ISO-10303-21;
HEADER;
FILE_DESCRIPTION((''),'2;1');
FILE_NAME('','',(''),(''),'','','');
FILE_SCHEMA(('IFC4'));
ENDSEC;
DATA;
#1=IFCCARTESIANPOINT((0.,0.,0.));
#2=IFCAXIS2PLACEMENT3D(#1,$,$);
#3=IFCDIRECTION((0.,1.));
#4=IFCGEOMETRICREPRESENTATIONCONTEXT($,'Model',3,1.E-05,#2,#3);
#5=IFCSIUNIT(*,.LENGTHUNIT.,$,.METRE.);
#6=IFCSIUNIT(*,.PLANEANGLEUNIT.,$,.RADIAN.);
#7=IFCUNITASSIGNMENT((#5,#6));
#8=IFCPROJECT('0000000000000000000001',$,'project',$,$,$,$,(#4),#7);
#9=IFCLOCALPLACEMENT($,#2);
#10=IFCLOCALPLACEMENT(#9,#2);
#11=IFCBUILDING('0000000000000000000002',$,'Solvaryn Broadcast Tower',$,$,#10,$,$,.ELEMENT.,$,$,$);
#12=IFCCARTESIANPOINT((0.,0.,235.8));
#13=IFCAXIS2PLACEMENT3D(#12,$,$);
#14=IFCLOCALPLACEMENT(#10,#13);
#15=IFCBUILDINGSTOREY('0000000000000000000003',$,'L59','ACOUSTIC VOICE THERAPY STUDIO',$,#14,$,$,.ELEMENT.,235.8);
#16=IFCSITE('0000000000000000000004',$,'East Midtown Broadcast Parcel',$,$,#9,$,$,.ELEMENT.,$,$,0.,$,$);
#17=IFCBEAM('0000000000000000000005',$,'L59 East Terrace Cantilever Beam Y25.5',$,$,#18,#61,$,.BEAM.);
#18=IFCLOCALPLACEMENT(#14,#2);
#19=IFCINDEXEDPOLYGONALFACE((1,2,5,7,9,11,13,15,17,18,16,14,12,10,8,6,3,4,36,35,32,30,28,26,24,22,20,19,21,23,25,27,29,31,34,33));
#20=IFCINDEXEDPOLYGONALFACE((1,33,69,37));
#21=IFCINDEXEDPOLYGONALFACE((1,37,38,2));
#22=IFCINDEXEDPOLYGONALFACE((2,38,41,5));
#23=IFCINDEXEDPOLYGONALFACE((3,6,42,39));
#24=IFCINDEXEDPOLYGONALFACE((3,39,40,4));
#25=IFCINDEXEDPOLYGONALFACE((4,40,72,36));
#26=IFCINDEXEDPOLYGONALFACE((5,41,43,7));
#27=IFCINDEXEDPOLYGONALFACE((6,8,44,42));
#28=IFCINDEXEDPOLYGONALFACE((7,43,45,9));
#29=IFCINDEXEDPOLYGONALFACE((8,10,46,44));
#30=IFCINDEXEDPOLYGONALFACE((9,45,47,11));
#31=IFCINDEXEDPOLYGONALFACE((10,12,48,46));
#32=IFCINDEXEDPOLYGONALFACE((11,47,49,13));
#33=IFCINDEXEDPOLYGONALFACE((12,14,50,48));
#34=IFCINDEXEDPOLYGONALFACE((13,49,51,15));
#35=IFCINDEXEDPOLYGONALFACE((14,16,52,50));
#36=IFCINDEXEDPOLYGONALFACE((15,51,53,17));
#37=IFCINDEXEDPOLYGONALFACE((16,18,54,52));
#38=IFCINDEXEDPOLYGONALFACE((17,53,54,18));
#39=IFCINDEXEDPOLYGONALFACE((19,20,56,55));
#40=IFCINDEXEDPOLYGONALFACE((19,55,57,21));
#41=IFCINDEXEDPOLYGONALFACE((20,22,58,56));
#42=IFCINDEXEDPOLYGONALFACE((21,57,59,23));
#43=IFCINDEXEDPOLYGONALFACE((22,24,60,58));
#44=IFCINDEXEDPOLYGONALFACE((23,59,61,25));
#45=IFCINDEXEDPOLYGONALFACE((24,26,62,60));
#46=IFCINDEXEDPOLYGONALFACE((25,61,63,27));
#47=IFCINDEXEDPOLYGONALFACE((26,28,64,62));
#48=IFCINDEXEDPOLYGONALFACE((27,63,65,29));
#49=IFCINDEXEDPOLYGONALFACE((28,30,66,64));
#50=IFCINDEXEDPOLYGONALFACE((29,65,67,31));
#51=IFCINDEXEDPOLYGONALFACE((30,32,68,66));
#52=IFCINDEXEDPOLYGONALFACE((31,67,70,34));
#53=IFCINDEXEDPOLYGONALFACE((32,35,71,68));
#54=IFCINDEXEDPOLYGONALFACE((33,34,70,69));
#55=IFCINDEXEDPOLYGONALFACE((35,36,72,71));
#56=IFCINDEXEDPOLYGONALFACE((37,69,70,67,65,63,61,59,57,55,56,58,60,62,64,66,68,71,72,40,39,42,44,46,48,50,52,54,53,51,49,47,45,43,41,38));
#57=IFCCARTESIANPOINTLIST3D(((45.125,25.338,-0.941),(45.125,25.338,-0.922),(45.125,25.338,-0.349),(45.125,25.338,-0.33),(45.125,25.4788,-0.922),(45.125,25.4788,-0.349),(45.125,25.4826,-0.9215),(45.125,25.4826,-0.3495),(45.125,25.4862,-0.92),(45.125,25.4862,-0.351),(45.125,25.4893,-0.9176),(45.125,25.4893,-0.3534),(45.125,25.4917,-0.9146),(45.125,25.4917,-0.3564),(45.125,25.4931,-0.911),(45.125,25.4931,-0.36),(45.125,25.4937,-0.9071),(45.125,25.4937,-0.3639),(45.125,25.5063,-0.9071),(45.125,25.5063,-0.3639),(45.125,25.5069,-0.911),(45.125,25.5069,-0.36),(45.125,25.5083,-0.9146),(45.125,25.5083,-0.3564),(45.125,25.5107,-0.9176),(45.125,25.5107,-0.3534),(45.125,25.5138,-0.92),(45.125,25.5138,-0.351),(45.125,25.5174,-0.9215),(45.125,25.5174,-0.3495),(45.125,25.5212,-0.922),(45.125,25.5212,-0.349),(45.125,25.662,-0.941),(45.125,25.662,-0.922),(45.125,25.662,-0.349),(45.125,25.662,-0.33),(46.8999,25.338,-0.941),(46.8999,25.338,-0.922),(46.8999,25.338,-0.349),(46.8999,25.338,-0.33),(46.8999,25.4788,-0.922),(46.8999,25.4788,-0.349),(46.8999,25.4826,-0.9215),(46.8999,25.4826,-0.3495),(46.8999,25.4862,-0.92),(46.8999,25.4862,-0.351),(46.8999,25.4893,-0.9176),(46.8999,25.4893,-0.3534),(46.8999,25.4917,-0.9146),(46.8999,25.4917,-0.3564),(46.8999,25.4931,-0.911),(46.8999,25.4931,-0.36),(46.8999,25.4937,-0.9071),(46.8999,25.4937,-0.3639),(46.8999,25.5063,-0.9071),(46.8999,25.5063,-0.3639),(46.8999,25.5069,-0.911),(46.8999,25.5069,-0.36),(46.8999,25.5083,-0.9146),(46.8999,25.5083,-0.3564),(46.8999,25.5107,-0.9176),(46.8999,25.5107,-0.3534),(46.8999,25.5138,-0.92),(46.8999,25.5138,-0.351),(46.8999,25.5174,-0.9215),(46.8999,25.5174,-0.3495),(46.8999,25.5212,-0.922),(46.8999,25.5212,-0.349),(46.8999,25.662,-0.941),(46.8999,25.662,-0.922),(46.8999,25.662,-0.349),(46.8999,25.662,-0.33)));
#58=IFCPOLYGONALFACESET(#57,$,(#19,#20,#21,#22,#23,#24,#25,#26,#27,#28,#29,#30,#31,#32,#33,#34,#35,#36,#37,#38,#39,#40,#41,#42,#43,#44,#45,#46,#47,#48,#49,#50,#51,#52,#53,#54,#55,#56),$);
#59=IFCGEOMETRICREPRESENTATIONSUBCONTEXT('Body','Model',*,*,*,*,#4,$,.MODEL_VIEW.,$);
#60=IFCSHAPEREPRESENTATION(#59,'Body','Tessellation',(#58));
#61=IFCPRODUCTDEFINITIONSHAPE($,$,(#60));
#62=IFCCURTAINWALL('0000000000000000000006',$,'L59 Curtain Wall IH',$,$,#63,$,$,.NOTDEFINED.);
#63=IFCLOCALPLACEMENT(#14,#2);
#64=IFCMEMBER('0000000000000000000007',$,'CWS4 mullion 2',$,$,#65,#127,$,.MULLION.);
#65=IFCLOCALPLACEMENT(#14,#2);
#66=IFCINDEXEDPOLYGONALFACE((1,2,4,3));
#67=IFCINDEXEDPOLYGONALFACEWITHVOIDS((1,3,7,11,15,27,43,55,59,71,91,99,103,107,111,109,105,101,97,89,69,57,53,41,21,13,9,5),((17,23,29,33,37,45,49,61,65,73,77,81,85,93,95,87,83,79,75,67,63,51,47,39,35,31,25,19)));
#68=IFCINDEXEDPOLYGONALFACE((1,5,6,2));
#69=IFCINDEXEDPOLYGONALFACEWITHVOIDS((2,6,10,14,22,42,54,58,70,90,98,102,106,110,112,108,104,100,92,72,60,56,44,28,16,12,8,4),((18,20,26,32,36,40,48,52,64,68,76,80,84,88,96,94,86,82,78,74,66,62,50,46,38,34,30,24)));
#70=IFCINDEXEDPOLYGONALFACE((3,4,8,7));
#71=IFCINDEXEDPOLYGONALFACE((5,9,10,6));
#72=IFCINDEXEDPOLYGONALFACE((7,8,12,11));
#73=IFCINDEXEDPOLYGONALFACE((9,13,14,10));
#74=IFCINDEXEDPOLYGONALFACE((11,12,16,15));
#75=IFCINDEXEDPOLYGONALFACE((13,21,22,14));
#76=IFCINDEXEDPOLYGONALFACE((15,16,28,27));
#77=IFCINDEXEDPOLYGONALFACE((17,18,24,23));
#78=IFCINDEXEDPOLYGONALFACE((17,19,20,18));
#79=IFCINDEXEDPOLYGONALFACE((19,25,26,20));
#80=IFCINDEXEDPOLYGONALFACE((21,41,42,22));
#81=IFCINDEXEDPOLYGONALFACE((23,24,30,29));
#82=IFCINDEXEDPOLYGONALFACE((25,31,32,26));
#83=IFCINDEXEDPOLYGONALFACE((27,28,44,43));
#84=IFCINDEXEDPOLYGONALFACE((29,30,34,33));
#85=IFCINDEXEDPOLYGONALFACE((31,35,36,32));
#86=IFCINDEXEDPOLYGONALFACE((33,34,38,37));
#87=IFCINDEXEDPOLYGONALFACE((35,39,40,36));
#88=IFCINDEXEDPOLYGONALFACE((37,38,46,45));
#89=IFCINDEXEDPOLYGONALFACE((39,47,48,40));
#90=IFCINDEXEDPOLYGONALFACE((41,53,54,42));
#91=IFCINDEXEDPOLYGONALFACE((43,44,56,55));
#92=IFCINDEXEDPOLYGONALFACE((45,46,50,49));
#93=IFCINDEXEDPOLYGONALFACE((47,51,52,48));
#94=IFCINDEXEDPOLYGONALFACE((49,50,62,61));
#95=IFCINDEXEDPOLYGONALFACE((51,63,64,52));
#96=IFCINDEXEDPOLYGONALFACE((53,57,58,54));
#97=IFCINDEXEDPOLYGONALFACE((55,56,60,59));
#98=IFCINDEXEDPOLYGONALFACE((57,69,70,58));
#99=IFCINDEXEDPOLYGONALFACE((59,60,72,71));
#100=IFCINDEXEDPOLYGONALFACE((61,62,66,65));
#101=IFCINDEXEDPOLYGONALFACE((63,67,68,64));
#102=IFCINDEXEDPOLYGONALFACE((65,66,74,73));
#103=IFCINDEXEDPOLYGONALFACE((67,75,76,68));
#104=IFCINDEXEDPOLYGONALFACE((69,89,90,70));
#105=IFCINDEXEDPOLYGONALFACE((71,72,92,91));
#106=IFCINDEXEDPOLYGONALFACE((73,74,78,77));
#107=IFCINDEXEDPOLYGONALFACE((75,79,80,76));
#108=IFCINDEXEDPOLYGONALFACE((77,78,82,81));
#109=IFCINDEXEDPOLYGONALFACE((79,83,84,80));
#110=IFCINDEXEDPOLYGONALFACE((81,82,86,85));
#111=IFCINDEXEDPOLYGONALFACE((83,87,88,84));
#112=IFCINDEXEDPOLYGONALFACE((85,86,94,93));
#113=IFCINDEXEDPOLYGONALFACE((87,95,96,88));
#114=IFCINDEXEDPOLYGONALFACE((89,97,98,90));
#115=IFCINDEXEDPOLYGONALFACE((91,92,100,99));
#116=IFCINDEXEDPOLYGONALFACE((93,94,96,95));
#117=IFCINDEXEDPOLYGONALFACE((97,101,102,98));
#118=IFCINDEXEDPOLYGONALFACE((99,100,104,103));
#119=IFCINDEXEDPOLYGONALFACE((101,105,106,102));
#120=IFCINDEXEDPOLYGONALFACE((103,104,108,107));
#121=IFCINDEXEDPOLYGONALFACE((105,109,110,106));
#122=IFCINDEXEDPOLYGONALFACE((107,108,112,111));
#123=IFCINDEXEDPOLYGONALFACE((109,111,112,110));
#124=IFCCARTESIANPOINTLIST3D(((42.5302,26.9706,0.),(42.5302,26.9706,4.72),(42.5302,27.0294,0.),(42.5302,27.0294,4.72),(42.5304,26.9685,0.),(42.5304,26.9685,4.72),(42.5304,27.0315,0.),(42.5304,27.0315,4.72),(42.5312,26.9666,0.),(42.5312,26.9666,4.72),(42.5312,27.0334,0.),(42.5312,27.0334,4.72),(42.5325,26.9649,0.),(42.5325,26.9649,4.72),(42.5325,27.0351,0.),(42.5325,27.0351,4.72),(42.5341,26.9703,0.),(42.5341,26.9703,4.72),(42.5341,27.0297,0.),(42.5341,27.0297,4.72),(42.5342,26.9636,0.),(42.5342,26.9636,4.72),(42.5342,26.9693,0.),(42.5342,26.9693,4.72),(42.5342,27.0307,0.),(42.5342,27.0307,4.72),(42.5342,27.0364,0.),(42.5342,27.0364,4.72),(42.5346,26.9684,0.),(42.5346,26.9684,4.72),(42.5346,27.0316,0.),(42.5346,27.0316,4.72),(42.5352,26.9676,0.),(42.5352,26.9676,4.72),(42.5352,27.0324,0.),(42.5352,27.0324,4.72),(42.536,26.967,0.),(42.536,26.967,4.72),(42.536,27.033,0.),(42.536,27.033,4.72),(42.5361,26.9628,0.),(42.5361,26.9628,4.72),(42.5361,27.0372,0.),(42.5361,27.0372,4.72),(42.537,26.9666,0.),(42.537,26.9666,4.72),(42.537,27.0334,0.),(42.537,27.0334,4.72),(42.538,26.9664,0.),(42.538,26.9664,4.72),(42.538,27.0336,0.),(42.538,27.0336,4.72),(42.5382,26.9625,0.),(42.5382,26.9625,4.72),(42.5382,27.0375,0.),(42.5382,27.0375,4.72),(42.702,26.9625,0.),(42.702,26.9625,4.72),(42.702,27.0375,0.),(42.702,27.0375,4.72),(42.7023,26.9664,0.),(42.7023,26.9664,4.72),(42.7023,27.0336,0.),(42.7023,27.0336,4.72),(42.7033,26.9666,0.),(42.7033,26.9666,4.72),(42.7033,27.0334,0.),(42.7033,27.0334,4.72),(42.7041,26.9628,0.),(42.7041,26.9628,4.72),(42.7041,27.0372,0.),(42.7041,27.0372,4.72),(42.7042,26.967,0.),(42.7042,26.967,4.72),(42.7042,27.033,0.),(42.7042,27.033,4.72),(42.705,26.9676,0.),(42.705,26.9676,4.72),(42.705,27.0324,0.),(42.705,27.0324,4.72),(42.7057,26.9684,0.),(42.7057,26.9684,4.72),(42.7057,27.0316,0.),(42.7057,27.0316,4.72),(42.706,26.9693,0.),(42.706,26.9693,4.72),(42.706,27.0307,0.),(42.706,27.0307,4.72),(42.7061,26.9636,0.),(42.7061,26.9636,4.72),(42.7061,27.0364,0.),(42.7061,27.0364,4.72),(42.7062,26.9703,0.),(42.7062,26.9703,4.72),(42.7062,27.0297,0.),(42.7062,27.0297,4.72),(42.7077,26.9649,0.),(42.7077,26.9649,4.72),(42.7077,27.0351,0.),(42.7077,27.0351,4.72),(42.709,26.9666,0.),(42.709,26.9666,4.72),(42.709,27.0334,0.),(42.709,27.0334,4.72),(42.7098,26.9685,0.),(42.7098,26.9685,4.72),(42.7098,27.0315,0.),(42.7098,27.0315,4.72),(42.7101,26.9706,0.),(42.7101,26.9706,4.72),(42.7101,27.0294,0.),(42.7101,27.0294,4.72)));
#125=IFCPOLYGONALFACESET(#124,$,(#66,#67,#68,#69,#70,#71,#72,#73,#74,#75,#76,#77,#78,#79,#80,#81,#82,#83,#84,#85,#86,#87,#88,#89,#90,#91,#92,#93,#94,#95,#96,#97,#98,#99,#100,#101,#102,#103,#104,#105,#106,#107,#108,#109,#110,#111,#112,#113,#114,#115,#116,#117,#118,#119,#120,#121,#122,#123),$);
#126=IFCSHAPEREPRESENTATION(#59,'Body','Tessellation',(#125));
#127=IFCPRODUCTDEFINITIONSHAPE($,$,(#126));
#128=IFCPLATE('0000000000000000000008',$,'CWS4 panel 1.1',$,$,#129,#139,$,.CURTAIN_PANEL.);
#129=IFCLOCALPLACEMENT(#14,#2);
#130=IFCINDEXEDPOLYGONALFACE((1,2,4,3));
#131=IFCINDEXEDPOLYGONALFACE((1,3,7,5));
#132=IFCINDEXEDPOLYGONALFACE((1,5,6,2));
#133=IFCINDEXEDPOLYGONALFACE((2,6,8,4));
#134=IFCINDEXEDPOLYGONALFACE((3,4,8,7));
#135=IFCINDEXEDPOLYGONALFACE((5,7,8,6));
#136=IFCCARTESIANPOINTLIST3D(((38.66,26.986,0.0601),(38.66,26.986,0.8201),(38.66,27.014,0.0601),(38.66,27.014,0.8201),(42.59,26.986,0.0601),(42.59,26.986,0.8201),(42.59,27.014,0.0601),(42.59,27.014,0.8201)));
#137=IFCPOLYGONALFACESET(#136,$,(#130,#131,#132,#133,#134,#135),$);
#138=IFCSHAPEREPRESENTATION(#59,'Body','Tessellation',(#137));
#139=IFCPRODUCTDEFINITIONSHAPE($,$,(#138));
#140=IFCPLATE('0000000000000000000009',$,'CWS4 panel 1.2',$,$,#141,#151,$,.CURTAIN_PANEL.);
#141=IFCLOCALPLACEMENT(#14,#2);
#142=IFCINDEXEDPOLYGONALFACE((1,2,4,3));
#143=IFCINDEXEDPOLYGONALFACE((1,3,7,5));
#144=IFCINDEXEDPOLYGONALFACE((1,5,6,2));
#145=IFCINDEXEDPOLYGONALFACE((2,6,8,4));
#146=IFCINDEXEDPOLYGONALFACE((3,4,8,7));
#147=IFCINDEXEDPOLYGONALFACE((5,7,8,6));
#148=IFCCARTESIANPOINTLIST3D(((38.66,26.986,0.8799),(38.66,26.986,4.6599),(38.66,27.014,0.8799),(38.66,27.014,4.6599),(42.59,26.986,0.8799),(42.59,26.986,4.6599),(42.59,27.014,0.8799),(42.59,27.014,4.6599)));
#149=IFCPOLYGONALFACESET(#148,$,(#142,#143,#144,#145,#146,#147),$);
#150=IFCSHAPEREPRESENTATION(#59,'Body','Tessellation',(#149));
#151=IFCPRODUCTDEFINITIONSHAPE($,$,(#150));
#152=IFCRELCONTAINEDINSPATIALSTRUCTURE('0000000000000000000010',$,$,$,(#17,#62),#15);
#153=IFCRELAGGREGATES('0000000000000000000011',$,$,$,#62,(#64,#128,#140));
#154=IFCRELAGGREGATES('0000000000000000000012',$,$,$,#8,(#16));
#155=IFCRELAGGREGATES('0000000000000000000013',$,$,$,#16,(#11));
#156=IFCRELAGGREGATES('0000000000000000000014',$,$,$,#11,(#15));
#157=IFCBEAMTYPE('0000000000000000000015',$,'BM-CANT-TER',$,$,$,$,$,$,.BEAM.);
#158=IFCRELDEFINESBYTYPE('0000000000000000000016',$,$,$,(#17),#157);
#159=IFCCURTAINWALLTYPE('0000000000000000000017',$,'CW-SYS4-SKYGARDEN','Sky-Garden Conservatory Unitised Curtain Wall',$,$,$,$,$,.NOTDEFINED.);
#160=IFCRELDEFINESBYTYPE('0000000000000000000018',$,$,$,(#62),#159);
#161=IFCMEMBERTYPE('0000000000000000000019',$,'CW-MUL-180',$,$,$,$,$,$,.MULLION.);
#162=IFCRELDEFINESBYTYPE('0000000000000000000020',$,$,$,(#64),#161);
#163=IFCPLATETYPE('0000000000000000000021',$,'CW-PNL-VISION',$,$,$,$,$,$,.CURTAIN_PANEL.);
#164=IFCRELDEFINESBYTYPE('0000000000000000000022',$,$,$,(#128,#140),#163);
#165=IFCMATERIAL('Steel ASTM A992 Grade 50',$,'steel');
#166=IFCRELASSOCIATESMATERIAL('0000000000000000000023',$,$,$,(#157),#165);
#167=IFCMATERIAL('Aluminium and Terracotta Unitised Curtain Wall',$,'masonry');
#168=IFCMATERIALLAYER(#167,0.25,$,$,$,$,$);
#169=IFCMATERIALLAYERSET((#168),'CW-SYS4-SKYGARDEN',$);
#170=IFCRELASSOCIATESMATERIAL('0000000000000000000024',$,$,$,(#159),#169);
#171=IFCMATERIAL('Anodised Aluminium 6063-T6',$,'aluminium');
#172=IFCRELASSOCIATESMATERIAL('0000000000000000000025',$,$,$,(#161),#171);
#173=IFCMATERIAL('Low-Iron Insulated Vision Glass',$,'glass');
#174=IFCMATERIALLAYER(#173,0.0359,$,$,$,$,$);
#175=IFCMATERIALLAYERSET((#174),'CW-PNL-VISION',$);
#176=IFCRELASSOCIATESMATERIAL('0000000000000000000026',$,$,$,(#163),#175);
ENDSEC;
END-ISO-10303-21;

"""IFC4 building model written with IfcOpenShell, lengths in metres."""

from ifc_helpers import new_model, si_unit, direction, frame, origin, origin_2d, place, context, subcontext, project, spatial, rectangle, hollow_rectangle, i_section, extrude, material, layer, layer_set, material_profile, profile_set, type_object, element, aggregate, save


model = new_model("IFC4")

# Units and contexts
model_context = context("Model", 3, precision=1e-05, world=origin(), true_north=direction((0.0, 1.0)))
body_context = subcontext(model_context, "Body", "Model", "MODEL_VIEW")
ifc_project = project(units=[si_unit("LENGTHUNIT", "METRE"), si_unit("PLANEANGLEUNIT", "RADIAN")], contexts=[model_context])

# Site, building, storey
site_placement = place(None, origin())
site = spatial("IfcSite", under=ifc_project, at=site_placement, Name="East Midtown Broadcast Parcel", CompositionType="ELEMENT", RefElevation=0.0)
building_placement = place(site_placement, origin())
building = spatial("IfcBuilding", under=site, at=building_placement, Name="Solvaryn Broadcast Tower", CompositionType="ELEMENT")
storey_placement = place(building_placement, frame((0.0, 0.0, 235.8)))
storey = spatial("IfcBuildingStorey", under=building, at=storey_placement, Name="L59", Description="ACOUSTIC VOICE THERAPY STUDIO", CompositionType="ELEMENT", Elevation=235.8)

# Beam
ifc_material_1 = material(Name="Steel ASTM A992 Grade 50", Category="steel")
ifc_material_profile_1 = material_profile(ifc_material_1, i_section(OverallWidth=0.324, OverallDepth=0.6111, WebThickness=0.0127, FlangeThickness=0.019, FilletRadius=0.0149, at=origin_2d()))
ifc_profile_set_1 = profile_set([ifc_material_profile_1], Name="Steel ASTM A992 Grade 50")
beam_type = type_object("IfcBeamType", Name="BM-CANT-TER", PredefinedType="BEAM", material=ifc_profile_set_1)
beam_placement = place(storey_placement, frame((45.125, 25.5, -0.6355), z_axis=(1.0, 0.0, 0.0), x_axis=(0.0, 1.0, 0.0)))
element("IfcBeam", 1, at=beam_placement, inside=storey, type_object=beam_type, Name="L59 East Terrace Cantilever Beam Y25.5", PredefinedType="BEAM", context=body_context, shape_type="SweptSolid", body=[
    extrude(i_section(OverallWidth=0.324, OverallDepth=0.6111, WebThickness=0.0127, FlangeThickness=0.019, FilletRadius=0.0149, at=origin_2d()), origin(), (0.0, 0.0, 1.0), 1.7749),
])

# Curtain wall, member, plates
ifc_material_2 = material(Name="Aluminium and Terracotta Unitised Curtain Wall", Category="masonry")
ifc_layer_1 = layer(ifc_material_2, 0.25)
ifc_layer_set_1 = layer_set([ifc_layer_1], Name="CW-SYS4-SKYGARDEN")
curtain_wall_type = type_object("IfcCurtainWallType", Name="CW-SYS4-SKYGARDEN", Description="Sky-Garden Conservatory Unitised Curtain Wall", PredefinedType="NOTDEFINED", material=ifc_layer_set_1)
curtain_wall_placement = place(storey_placement, origin())
curtain_wall = element("IfcCurtainWall", 2, at=curtain_wall_placement, inside=storey, type_object=curtain_wall_type, Name="L59 Curtain Wall IH", PredefinedType="NOTDEFINED")
ifc_material_3 = material(Name="Anodised Aluminium 6063-T6", Category="aluminium")
ifc_material_profile_2 = material_profile(ifc_material_3, hollow_rectangle(XDim=0.075, YDim=0.1799, WallThickness=0.0039, InnerFilletRadius=0.0039, OuterFilletRadius=0.0081, at=origin_2d()))
ifc_profile_set_2 = profile_set([ifc_material_profile_2], Name="Anodised Aluminium 6063-T6")
member_type = type_object("IfcMemberType", Name="CW-MUL-180", PredefinedType="MULLION", material=ifc_profile_set_2)
member_placement = place(storey_placement, frame((42.6201, 27.0, 0.0), z_axis=(0.0, 0.0, 1.0), x_axis=(0.0, 1.0, 0.0)))
member = element("IfcMember", 3, at=member_placement, type_object=member_type, Name="CWS4 mullion 2", PredefinedType="MULLION", context=body_context, shape_type="SweptSolid", body=[
    extrude(hollow_rectangle(XDim=0.075, YDim=0.1799, WallThickness=0.0039, InnerFilletRadius=0.0039, OuterFilletRadius=0.0081, at=origin_2d()), origin(), (0.0, 0.0, 1.0), 4.72),
])
ifc_material_4 = material(Name="Low-Iron Insulated Vision Glass", Category="glass")
ifc_layer_2 = layer(ifc_material_4, 0.0359)
ifc_layer_set_2 = layer_set([ifc_layer_2], Name="CW-PNL-VISION")
plate_type = type_object("IfcPlateType", Name="CW-PNL-VISION", PredefinedType="CURTAIN_PANEL", material=ifc_layer_set_2)
plate_1_placement = place(storey_placement, frame((40.625, 27.0, 0.0601), z_axis=(0.0, 0.0, 1.0), x_axis=(1.0, 0.0, 0.0)))
plate_1 = element("IfcPlate", 4, at=plate_1_placement, type_object=plate_type, Name="CWS4 panel 1.1", PredefinedType="CURTAIN_PANEL", context=body_context, shape_type="SweptSolid", body=[
    extrude(rectangle(XDim=3.9299, YDim=0.0281, at=origin_2d()), origin(), (0.0, 0.0, 1.0), 0.76),
])
plate_2_placement = place(storey_placement, frame((40.625, 27.0, 0.8799), z_axis=(0.0, 0.0, 1.0), x_axis=(1.0, 0.0, 0.0)))
plate_2 = element("IfcPlate", 5, at=plate_2_placement, type_object=plate_type, Name="CWS4 panel 1.2", PredefinedType="CURTAIN_PANEL", context=body_context, shape_type="SweptSolid", body=[
    extrude(rectangle(XDim=3.9299, YDim=0.0281, at=origin_2d()), origin(), (0.0, 0.0, 1.0), 3.78),
])
aggregate(curtain_wall, [member, plate_1, plate_2])

save(model, "model.ifc")
